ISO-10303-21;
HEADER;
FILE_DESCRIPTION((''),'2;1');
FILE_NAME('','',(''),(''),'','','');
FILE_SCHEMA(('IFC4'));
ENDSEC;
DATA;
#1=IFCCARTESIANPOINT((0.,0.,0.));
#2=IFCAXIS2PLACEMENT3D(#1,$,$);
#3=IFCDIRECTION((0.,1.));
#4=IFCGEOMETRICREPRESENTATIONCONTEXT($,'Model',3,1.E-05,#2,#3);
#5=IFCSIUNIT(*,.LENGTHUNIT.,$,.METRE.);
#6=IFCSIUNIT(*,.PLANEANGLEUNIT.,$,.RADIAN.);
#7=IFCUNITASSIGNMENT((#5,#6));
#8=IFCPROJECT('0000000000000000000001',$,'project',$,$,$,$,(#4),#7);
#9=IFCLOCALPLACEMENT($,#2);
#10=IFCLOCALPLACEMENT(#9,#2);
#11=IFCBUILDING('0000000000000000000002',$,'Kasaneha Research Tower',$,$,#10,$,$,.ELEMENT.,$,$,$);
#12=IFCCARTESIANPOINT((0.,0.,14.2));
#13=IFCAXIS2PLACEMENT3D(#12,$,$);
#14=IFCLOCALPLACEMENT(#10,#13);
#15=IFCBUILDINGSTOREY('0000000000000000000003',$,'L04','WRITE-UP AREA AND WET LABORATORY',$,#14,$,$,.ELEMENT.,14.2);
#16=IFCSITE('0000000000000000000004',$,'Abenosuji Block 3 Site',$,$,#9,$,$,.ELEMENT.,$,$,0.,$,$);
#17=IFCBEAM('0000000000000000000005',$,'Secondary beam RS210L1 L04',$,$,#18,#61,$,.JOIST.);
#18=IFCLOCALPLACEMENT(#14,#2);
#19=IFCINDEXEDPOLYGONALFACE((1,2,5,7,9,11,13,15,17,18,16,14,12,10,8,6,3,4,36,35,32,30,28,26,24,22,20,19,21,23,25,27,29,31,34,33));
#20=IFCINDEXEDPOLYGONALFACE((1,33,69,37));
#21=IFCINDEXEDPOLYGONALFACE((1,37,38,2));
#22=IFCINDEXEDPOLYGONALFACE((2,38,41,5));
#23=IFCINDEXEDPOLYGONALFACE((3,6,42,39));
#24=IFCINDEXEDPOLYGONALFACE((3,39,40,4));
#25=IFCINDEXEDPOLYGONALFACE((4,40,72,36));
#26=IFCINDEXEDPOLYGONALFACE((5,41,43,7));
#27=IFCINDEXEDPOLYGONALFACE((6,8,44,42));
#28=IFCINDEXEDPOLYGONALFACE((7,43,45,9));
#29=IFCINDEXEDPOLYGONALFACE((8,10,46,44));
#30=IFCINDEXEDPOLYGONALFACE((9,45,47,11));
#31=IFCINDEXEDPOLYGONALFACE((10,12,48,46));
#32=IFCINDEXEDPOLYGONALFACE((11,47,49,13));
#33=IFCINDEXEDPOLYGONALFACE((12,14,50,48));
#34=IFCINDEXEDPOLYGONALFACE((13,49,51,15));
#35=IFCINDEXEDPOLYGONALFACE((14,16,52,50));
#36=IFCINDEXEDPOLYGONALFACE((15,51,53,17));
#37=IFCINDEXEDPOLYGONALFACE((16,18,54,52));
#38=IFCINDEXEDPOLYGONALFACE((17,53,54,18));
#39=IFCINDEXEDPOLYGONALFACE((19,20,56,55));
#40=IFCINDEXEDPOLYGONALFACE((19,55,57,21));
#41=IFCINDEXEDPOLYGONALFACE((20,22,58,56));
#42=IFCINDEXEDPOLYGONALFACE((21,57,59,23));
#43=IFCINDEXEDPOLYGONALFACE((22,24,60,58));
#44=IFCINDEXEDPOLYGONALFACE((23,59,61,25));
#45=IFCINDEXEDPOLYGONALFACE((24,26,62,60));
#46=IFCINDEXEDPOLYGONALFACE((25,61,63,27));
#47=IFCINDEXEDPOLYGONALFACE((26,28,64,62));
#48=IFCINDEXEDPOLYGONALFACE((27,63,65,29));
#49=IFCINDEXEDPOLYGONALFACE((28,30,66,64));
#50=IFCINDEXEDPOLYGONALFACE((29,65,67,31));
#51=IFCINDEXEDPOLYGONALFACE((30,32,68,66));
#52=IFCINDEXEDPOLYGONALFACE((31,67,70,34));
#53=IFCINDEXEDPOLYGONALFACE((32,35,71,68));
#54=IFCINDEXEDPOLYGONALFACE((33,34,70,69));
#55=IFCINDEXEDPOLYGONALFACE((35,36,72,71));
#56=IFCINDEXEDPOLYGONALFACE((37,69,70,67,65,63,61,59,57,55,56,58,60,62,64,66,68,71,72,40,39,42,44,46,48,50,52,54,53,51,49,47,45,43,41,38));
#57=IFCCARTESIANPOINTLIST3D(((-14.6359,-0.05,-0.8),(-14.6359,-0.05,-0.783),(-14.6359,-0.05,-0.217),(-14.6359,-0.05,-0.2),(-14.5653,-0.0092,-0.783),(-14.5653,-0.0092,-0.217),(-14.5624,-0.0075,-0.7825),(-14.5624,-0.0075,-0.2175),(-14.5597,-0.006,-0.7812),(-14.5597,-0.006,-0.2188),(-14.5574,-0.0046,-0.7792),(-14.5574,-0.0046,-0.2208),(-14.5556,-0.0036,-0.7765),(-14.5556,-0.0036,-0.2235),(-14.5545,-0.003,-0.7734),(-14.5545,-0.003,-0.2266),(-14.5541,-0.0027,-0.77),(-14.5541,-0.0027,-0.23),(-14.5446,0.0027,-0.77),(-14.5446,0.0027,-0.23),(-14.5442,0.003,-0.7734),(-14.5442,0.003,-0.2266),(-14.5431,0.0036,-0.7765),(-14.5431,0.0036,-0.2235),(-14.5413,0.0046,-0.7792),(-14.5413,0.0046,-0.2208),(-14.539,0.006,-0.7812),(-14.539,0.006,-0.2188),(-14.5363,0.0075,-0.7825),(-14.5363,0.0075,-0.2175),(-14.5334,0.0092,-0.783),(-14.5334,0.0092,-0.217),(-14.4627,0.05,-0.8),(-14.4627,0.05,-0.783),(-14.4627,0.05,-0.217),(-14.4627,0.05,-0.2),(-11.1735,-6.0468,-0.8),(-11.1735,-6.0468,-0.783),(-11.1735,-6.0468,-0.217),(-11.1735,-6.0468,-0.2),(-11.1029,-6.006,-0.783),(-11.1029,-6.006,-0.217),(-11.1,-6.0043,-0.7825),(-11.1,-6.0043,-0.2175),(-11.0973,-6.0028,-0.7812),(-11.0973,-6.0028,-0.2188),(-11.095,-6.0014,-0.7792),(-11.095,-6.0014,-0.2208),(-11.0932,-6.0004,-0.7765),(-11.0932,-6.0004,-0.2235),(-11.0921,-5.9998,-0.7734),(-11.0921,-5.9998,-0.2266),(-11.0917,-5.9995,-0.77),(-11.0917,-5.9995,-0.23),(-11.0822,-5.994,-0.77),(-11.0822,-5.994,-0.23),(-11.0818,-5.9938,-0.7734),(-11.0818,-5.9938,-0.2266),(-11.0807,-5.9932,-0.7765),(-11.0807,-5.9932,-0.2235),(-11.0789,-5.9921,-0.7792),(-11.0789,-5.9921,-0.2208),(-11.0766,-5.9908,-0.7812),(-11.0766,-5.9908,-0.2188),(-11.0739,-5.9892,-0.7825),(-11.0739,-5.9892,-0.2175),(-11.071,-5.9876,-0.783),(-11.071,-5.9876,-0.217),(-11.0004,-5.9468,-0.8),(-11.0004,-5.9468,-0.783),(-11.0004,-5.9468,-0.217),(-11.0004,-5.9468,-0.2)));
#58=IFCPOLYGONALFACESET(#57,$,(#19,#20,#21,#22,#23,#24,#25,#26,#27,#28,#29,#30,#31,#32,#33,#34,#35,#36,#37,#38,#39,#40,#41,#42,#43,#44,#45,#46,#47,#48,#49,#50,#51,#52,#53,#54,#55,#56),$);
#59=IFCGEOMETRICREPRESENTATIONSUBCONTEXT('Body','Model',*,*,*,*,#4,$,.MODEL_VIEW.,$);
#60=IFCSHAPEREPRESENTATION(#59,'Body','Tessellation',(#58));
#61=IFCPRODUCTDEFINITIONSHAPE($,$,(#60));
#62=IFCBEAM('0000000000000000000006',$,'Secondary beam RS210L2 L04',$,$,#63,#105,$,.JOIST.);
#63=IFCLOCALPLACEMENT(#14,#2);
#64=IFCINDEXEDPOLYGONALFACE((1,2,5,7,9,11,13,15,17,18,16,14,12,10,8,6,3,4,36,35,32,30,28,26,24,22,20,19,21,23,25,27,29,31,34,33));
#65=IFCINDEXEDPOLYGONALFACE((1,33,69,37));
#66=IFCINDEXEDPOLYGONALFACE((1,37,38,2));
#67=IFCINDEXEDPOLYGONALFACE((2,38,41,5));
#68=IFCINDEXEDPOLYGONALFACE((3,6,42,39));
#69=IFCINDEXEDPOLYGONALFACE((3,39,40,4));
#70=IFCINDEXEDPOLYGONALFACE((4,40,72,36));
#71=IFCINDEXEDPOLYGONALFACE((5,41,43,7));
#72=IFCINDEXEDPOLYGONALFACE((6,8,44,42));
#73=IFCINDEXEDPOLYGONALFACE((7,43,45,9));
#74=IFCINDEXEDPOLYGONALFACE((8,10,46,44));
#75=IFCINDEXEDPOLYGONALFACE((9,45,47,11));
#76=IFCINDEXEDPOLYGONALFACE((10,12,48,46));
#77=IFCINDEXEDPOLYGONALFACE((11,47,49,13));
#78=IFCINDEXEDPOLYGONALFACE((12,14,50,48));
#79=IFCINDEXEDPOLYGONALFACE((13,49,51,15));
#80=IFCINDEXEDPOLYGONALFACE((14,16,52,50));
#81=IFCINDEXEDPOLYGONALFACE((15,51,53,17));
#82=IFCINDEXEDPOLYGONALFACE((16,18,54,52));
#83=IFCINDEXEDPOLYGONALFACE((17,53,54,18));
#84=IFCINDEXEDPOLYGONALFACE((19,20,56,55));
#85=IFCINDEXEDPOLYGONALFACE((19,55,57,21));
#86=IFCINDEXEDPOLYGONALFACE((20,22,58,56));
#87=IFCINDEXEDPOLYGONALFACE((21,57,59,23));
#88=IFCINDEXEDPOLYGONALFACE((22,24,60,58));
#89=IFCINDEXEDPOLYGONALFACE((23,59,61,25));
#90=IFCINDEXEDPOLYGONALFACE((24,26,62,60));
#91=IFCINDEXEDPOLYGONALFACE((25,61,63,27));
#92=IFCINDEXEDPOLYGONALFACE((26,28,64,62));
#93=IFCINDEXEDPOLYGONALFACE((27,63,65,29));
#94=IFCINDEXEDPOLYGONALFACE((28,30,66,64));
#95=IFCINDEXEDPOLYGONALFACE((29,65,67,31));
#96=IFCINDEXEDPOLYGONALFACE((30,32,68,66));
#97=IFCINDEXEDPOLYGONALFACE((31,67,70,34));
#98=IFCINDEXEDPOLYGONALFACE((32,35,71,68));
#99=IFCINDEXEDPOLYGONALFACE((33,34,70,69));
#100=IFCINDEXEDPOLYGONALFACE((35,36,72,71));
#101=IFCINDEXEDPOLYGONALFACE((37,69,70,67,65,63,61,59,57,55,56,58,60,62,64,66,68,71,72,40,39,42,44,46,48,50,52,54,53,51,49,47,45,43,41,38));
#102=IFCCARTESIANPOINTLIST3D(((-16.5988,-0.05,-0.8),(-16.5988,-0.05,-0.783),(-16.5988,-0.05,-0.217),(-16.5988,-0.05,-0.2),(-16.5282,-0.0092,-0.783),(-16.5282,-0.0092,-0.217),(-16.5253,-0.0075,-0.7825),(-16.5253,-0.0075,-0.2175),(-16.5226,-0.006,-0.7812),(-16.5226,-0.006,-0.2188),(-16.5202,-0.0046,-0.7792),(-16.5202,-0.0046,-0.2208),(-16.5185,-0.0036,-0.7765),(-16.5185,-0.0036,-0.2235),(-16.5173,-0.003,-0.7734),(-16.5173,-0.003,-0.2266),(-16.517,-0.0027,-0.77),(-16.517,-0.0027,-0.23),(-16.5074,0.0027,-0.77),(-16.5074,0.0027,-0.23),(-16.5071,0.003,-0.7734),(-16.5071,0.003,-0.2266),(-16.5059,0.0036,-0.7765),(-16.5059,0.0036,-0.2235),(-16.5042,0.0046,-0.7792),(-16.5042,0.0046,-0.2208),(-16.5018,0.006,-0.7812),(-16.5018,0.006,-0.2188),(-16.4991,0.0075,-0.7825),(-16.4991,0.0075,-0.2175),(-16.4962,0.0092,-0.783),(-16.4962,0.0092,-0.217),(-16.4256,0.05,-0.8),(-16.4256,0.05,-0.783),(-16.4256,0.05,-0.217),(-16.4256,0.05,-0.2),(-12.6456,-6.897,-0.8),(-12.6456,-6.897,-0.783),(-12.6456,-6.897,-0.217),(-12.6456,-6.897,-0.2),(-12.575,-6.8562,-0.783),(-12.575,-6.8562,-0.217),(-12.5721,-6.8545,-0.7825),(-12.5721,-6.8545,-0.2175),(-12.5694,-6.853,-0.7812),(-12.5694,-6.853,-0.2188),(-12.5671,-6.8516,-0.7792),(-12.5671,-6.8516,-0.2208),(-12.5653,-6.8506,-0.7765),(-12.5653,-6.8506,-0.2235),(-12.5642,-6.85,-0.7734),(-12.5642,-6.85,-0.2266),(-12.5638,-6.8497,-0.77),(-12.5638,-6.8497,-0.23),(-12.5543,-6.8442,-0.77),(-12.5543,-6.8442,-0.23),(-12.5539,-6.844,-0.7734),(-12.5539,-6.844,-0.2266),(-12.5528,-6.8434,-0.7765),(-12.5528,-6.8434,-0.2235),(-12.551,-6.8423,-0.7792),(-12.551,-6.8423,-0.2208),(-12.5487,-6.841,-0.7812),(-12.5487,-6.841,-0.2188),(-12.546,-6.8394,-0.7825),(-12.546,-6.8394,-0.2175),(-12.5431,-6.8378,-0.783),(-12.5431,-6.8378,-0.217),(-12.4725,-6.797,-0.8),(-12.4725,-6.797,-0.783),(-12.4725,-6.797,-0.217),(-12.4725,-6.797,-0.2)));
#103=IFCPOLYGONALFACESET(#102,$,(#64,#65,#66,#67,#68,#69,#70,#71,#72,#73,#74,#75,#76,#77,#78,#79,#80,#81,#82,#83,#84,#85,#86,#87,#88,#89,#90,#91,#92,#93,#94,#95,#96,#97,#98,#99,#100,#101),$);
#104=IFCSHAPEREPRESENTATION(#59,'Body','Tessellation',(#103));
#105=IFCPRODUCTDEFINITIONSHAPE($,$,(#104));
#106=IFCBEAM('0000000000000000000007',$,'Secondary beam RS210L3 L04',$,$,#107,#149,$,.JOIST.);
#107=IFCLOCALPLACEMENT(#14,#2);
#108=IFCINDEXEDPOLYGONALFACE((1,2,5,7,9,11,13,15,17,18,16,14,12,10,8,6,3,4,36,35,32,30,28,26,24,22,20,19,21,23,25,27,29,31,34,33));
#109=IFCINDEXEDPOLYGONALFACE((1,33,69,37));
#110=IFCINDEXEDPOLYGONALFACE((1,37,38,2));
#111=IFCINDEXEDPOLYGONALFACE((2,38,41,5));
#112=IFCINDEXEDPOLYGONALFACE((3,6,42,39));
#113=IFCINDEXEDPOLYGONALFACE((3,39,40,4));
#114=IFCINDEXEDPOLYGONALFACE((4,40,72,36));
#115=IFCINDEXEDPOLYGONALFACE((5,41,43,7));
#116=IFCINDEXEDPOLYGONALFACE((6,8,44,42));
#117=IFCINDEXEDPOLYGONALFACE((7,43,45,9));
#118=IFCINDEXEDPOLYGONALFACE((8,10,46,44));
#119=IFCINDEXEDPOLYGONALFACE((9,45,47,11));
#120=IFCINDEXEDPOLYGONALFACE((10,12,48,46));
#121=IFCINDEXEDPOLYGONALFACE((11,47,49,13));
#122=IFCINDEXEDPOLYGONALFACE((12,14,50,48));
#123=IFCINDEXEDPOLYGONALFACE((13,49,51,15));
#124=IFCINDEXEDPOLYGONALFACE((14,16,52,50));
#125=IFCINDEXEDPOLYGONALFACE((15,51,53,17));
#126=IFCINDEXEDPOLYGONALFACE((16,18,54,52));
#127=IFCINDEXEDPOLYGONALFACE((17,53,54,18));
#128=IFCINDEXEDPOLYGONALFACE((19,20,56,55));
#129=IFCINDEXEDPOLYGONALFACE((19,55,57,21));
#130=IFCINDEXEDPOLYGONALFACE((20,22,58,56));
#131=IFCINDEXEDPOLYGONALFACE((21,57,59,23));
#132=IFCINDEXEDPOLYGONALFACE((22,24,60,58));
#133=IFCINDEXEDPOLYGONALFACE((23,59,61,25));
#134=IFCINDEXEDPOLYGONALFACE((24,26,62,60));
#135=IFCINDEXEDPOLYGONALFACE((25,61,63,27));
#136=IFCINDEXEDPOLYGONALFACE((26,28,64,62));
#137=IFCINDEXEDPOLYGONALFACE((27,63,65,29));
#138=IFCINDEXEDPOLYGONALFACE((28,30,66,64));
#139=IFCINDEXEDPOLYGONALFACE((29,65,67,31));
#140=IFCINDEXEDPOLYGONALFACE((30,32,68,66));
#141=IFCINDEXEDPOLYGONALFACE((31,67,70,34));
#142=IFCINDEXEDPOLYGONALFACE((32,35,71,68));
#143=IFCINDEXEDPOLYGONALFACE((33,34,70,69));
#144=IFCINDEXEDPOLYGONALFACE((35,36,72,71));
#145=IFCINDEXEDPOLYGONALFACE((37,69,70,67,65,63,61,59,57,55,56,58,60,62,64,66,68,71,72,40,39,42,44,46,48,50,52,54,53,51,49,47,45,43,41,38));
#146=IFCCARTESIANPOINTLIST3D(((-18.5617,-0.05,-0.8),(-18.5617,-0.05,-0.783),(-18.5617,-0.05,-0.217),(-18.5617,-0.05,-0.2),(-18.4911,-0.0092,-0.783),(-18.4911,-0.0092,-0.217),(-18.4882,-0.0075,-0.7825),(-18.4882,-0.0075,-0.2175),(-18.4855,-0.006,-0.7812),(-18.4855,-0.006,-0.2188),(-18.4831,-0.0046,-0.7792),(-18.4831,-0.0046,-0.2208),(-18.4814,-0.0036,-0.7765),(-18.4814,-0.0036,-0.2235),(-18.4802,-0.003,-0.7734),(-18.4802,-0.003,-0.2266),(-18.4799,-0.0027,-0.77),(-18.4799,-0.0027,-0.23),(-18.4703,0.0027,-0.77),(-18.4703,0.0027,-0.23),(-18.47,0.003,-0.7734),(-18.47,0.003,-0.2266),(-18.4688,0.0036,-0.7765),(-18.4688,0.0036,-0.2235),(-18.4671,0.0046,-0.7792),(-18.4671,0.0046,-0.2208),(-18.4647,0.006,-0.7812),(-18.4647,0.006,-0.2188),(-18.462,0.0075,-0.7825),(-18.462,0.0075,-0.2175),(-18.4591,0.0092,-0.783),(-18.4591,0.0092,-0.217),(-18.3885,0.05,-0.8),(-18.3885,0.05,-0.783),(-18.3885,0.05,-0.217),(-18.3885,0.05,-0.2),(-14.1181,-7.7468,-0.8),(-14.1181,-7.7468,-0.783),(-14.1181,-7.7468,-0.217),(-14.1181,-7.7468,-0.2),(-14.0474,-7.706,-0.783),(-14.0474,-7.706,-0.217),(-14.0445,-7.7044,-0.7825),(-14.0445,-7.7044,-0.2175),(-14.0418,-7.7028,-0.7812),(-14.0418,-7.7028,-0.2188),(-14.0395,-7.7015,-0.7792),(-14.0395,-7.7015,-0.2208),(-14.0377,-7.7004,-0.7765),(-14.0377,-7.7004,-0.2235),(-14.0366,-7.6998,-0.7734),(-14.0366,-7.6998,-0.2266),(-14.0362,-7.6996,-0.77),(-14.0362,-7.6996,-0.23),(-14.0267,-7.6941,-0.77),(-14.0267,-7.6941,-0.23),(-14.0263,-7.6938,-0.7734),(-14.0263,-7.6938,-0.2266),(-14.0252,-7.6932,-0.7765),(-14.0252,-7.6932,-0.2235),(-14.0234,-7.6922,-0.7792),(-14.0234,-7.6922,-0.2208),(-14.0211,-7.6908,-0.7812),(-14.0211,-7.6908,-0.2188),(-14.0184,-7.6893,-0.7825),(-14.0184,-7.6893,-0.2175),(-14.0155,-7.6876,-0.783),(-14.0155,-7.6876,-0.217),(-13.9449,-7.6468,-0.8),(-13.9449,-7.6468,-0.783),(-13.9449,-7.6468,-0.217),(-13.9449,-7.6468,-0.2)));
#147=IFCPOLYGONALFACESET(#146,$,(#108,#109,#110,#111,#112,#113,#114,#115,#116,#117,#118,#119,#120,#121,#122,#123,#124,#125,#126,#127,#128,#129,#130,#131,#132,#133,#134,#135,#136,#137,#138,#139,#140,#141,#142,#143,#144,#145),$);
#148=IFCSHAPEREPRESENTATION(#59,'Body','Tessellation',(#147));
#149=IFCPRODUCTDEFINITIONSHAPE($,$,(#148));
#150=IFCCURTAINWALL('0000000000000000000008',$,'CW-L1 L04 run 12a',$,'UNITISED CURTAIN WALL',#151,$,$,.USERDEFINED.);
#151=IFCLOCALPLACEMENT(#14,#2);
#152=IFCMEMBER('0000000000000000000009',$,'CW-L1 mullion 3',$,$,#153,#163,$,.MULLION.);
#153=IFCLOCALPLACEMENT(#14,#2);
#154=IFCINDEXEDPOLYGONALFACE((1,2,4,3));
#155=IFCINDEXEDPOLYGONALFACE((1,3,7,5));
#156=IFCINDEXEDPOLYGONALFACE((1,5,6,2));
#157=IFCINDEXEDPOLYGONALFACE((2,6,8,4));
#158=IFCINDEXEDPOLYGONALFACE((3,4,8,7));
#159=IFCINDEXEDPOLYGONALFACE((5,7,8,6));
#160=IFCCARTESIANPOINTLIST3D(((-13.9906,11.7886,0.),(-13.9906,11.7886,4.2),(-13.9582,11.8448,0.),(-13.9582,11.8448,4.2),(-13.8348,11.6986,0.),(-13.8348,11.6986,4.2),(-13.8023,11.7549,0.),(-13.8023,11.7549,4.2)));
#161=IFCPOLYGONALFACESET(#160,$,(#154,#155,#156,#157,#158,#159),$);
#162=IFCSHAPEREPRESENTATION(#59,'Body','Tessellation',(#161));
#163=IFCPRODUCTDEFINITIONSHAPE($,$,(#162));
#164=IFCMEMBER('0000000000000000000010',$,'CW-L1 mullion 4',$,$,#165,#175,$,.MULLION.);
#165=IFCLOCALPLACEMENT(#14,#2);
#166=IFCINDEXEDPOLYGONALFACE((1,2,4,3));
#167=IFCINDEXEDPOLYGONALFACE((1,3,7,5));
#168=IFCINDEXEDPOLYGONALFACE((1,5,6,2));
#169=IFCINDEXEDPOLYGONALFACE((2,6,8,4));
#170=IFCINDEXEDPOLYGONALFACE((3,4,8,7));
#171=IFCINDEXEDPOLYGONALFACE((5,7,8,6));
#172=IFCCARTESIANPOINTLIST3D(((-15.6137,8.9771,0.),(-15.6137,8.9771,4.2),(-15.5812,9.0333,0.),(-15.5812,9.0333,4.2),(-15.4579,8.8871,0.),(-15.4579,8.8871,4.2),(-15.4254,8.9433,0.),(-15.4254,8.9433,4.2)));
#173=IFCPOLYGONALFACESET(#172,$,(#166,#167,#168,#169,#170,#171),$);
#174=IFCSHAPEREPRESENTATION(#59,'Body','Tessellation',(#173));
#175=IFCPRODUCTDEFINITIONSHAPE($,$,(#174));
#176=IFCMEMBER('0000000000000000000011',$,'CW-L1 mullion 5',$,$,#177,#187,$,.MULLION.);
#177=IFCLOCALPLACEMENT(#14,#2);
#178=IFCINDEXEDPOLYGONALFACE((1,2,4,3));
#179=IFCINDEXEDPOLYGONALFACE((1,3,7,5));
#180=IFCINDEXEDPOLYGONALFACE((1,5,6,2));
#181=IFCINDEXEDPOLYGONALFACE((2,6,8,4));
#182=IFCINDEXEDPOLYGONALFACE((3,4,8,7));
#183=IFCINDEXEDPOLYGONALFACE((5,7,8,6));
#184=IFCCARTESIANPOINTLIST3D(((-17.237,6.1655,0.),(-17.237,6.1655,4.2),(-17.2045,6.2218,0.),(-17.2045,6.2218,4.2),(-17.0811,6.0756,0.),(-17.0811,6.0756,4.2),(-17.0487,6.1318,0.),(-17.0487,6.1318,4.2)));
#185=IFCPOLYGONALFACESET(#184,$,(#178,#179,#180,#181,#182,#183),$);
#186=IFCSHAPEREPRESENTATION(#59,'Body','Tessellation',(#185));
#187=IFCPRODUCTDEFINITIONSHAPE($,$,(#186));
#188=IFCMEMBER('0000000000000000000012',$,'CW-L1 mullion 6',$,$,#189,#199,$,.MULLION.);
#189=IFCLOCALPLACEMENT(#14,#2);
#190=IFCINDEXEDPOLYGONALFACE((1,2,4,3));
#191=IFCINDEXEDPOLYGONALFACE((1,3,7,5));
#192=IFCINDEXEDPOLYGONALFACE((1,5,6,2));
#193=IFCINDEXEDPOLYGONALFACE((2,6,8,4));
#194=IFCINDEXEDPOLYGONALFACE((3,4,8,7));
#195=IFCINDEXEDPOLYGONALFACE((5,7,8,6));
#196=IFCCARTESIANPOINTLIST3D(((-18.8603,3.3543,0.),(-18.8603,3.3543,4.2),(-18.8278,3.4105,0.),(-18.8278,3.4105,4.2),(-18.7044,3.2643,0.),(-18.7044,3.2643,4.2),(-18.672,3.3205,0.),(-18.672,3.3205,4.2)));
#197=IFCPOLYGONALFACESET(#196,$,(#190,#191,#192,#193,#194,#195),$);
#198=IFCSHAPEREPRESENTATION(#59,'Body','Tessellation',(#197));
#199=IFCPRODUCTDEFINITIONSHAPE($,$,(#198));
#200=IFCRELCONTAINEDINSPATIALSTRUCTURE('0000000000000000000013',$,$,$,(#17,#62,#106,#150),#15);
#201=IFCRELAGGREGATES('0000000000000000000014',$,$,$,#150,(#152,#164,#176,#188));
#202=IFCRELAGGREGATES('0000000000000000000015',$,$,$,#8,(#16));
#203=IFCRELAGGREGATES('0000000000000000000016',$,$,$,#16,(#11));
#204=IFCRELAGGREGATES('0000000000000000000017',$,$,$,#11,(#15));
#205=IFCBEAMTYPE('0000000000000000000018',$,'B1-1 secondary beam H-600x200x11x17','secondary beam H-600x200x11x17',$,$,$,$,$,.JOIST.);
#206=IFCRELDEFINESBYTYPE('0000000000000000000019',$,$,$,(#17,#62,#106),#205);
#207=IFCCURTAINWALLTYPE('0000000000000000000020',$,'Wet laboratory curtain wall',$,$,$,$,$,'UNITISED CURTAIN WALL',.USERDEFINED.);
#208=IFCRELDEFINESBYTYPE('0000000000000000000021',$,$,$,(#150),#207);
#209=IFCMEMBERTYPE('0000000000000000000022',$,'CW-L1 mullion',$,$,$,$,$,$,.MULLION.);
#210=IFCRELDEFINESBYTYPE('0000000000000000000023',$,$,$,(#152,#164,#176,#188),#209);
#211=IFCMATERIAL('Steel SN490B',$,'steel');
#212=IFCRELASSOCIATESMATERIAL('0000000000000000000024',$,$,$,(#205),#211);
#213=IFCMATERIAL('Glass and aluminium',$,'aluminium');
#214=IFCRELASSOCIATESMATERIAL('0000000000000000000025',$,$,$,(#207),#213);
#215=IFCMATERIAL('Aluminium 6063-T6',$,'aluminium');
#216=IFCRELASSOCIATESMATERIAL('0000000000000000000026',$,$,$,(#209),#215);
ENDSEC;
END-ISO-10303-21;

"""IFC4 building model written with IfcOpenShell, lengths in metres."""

from ifc_helpers import new_model, si_unit, direction, frame, origin, origin_2d, place, context, subcontext, project, spatial, rectangle, i_section, extrude, material, material_profile, profile_set, type_object, element, aggregate, save


model = new_model("IFC4")

# Units and contexts
model_context = context("Model", 3, precision=1e-05, world=origin(), true_north=direction((0.0, 1.0)))
body_context = subcontext(model_context, "Body", "Model", "MODEL_VIEW")
ifc_project = project(units=[si_unit("LENGTHUNIT", "METRE"), si_unit("PLANEANGLEUNIT", "RADIAN")], contexts=[model_context])

# Site, building, storey
site_placement = place(None, origin())
site = spatial("IfcSite", under=ifc_project, at=site_placement, Name="Abenosuji Block 3 Site", CompositionType="ELEMENT", RefElevation=0.0)
building_placement = place(site_placement, origin())
building = spatial("IfcBuilding", under=site, at=building_placement, Name="Kasaneha Research Tower", CompositionType="ELEMENT")
storey_placement = place(building_placement, frame((0.0, 0.0, 14.2)))
storey = spatial("IfcBuildingStorey", under=building, at=storey_placement, Name="L04", Description="WRITE-UP AREA AND WET LABORATORY", CompositionType="ELEMENT", Elevation=14.2)

# Beams
ifc_material_1 = material(Name="Steel SN490B", Category="steel")
ifc_material_profile_1 = material_profile(ifc_material_1, i_section(OverallWidth=0.2, OverallDepth=0.6001, WebThickness=0.011, FlangeThickness=0.0171, FilletRadius=0.0129, at=origin_2d()), Name="H-600x200x11x17")
ifc_profile_set_1 = profile_set([ifc_material_profile_1], Name="Steel SN490B")
beam_type_1 = type_object("IfcBeamType", Name="B1-1 secondary beam H-600x200x11x17", Description="secondary beam H-600x200x11x17", PredefinedType="JOIST", material=ifc_profile_set_1)
beam_1_placement = place(storey_placement, frame((-14.5493, 0.0, -0.5), z_axis=(0.500014, -0.866017, 0.0), x_axis=(0.866017, 0.500014, 0.0)))
element("IfcBeam", 1, at=beam_1_placement, inside=storey, type_object=beam_type_1, Name="Secondary beam RS210L1 L04", PredefinedType="JOIST", context=body_context, shape_type="SweptSolid", body=[
    extrude(i_section(OverallWidth=0.2, OverallDepth=0.6001, WebThickness=0.011, FlangeThickness=0.0171, FilletRadius=0.0129, at=origin_2d()), origin(), (0.0, 0.0, 1.0), 6.9246),
])
beam_2_placement = place(storey_placement, frame((-16.5122, 0.0, -0.5), z_axis=(0.500005, -0.866023, 0.0), x_axis=(0.866023, 0.500005, 0.0)))
element("IfcBeam", 2, at=beam_2_placement, inside=storey, type_object=beam_type_1, Name="Secondary beam RS210L2 L04", PredefinedType="JOIST", context=body_context, shape_type="SweptSolid", body=[
    extrude(i_section(OverallWidth=0.2, OverallDepth=0.6001, WebThickness=0.011, FlangeThickness=0.0171, FilletRadius=0.0129, at=origin_2d()), origin(), (0.0, 0.0, 1.0), 7.9062),
])
beam_3_placement = place(storey_placement, frame((-18.4751, 0.0, -0.5), z_axis=(0.499989, -0.866032, 0.0), x_axis=(0.866032, 0.499989, 0.0)))
element("IfcBeam", 3, at=beam_3_placement, inside=storey, type_object=beam_type_1, Name="Secondary beam RS210L3 L04", PredefinedType="JOIST", context=body_context, shape_type="SweptSolid", body=[
    extrude(i_section(OverallWidth=0.2, OverallDepth=0.6001, WebThickness=0.011, FlangeThickness=0.0171, FilletRadius=0.0129, at=origin_2d()), origin(), (0.0, 0.0, 1.0), 8.8875),
])

# Curtain wall, members
ifc_material_2 = material(Name="Glass and aluminium", Category="aluminium")
curtain_wall_type = type_object("IfcCurtainWallType", Name="Wet laboratory curtain wall", ElementType="UNITISED CURTAIN WALL", PredefinedType="USERDEFINED", material=ifc_material_2)
curtain_wall_1_placement = place(storey_placement, origin())
curtain_wall_1 = element("IfcCurtainWall", 4, at=curtain_wall_1_placement, inside=storey, type_object=curtain_wall_type, Name="CW-L1 L04 run 12a", ObjectType="UNITISED CURTAIN WALL", PredefinedType="USERDEFINED")
ifc_material_3 = material(Name="Aluminium 6063-T6", Category="aluminium")
ifc_material_profile_2 = material_profile(ifc_material_3, rectangle(XDim=0.0649, YDim=0.1799, at=origin_2d()), Name="CW-L1 mullion 65x180")
ifc_profile_set_2 = profile_set([ifc_material_profile_2], Name="Aluminium 6063-T6")
member_type_1 = type_object("IfcMemberType", Name="CW-L1 mullion", PredefinedType="MULLION", material=ifc_profile_set_2)
member_1_placement = place(storey_placement, frame((-13.8965, 11.7717, 0.0), z_axis=(0.0, 0.0, 1.0), x_axis=(-0.5, -0.866025, 0.0)))
member_1 = element("IfcMember", 5, at=member_1_placement, type_object=member_type_1, Name="CW-L1 mullion 3", PredefinedType="MULLION", context=body_context, shape_type="SweptSolid", body=[
    extrude(rectangle(XDim=0.0649, YDim=0.1799, at=origin_2d()), origin(), (0.0, 0.0, 1.0), 4.2),
])
member_2_placement = place(storey_placement, frame((-15.5195, 8.9602, 0.0), z_axis=(0.0, 0.0, 1.0), x_axis=(-0.5, -0.866025, 0.0)))
member_2 = element("IfcMember", 6, at=member_2_placement, type_object=member_type_1, Name="CW-L1 mullion 4", PredefinedType="MULLION", context=body_context, shape_type="SweptSolid", body=[
    extrude(rectangle(XDim=0.0649, YDim=0.1799, at=origin_2d()), origin(), (0.0, 0.0, 1.0), 4.2),
])
member_3_placement = place(storey_placement, frame((-17.1428, 6.1487, 0.0), z_axis=(0.0, 0.0, 1.0), x_axis=(-0.5, -0.866025, 0.0)))
member_3 = element("IfcMember", 7, at=member_3_placement, type_object=member_type_1, Name="CW-L1 mullion 5", PredefinedType="MULLION", context=body_context, shape_type="SweptSolid", body=[
    extrude(rectangle(XDim=0.0649, YDim=0.1799, at=origin_2d()), origin(), (0.0, 0.0, 1.0), 4.2),
])
member_4_placement = place(storey_placement, frame((-18.7661, 3.3374, 0.0), z_axis=(0.0, 0.0, 1.0), x_axis=(-0.5, -0.866025, 0.0)))
member_4 = element("IfcMember", 8, at=member_4_placement, type_object=member_type_1, Name="CW-L1 mullion 6", PredefinedType="MULLION", context=body_context, shape_type="SweptSolid", body=[
    extrude(rectangle(XDim=0.0649, YDim=0.1799, at=origin_2d()), origin(), (0.0, 0.0, 1.0), 4.2),
])

aggregate(curtain_wall_1, [member_1, member_2, member_3, member_4])

save(model, "model.ifc")
